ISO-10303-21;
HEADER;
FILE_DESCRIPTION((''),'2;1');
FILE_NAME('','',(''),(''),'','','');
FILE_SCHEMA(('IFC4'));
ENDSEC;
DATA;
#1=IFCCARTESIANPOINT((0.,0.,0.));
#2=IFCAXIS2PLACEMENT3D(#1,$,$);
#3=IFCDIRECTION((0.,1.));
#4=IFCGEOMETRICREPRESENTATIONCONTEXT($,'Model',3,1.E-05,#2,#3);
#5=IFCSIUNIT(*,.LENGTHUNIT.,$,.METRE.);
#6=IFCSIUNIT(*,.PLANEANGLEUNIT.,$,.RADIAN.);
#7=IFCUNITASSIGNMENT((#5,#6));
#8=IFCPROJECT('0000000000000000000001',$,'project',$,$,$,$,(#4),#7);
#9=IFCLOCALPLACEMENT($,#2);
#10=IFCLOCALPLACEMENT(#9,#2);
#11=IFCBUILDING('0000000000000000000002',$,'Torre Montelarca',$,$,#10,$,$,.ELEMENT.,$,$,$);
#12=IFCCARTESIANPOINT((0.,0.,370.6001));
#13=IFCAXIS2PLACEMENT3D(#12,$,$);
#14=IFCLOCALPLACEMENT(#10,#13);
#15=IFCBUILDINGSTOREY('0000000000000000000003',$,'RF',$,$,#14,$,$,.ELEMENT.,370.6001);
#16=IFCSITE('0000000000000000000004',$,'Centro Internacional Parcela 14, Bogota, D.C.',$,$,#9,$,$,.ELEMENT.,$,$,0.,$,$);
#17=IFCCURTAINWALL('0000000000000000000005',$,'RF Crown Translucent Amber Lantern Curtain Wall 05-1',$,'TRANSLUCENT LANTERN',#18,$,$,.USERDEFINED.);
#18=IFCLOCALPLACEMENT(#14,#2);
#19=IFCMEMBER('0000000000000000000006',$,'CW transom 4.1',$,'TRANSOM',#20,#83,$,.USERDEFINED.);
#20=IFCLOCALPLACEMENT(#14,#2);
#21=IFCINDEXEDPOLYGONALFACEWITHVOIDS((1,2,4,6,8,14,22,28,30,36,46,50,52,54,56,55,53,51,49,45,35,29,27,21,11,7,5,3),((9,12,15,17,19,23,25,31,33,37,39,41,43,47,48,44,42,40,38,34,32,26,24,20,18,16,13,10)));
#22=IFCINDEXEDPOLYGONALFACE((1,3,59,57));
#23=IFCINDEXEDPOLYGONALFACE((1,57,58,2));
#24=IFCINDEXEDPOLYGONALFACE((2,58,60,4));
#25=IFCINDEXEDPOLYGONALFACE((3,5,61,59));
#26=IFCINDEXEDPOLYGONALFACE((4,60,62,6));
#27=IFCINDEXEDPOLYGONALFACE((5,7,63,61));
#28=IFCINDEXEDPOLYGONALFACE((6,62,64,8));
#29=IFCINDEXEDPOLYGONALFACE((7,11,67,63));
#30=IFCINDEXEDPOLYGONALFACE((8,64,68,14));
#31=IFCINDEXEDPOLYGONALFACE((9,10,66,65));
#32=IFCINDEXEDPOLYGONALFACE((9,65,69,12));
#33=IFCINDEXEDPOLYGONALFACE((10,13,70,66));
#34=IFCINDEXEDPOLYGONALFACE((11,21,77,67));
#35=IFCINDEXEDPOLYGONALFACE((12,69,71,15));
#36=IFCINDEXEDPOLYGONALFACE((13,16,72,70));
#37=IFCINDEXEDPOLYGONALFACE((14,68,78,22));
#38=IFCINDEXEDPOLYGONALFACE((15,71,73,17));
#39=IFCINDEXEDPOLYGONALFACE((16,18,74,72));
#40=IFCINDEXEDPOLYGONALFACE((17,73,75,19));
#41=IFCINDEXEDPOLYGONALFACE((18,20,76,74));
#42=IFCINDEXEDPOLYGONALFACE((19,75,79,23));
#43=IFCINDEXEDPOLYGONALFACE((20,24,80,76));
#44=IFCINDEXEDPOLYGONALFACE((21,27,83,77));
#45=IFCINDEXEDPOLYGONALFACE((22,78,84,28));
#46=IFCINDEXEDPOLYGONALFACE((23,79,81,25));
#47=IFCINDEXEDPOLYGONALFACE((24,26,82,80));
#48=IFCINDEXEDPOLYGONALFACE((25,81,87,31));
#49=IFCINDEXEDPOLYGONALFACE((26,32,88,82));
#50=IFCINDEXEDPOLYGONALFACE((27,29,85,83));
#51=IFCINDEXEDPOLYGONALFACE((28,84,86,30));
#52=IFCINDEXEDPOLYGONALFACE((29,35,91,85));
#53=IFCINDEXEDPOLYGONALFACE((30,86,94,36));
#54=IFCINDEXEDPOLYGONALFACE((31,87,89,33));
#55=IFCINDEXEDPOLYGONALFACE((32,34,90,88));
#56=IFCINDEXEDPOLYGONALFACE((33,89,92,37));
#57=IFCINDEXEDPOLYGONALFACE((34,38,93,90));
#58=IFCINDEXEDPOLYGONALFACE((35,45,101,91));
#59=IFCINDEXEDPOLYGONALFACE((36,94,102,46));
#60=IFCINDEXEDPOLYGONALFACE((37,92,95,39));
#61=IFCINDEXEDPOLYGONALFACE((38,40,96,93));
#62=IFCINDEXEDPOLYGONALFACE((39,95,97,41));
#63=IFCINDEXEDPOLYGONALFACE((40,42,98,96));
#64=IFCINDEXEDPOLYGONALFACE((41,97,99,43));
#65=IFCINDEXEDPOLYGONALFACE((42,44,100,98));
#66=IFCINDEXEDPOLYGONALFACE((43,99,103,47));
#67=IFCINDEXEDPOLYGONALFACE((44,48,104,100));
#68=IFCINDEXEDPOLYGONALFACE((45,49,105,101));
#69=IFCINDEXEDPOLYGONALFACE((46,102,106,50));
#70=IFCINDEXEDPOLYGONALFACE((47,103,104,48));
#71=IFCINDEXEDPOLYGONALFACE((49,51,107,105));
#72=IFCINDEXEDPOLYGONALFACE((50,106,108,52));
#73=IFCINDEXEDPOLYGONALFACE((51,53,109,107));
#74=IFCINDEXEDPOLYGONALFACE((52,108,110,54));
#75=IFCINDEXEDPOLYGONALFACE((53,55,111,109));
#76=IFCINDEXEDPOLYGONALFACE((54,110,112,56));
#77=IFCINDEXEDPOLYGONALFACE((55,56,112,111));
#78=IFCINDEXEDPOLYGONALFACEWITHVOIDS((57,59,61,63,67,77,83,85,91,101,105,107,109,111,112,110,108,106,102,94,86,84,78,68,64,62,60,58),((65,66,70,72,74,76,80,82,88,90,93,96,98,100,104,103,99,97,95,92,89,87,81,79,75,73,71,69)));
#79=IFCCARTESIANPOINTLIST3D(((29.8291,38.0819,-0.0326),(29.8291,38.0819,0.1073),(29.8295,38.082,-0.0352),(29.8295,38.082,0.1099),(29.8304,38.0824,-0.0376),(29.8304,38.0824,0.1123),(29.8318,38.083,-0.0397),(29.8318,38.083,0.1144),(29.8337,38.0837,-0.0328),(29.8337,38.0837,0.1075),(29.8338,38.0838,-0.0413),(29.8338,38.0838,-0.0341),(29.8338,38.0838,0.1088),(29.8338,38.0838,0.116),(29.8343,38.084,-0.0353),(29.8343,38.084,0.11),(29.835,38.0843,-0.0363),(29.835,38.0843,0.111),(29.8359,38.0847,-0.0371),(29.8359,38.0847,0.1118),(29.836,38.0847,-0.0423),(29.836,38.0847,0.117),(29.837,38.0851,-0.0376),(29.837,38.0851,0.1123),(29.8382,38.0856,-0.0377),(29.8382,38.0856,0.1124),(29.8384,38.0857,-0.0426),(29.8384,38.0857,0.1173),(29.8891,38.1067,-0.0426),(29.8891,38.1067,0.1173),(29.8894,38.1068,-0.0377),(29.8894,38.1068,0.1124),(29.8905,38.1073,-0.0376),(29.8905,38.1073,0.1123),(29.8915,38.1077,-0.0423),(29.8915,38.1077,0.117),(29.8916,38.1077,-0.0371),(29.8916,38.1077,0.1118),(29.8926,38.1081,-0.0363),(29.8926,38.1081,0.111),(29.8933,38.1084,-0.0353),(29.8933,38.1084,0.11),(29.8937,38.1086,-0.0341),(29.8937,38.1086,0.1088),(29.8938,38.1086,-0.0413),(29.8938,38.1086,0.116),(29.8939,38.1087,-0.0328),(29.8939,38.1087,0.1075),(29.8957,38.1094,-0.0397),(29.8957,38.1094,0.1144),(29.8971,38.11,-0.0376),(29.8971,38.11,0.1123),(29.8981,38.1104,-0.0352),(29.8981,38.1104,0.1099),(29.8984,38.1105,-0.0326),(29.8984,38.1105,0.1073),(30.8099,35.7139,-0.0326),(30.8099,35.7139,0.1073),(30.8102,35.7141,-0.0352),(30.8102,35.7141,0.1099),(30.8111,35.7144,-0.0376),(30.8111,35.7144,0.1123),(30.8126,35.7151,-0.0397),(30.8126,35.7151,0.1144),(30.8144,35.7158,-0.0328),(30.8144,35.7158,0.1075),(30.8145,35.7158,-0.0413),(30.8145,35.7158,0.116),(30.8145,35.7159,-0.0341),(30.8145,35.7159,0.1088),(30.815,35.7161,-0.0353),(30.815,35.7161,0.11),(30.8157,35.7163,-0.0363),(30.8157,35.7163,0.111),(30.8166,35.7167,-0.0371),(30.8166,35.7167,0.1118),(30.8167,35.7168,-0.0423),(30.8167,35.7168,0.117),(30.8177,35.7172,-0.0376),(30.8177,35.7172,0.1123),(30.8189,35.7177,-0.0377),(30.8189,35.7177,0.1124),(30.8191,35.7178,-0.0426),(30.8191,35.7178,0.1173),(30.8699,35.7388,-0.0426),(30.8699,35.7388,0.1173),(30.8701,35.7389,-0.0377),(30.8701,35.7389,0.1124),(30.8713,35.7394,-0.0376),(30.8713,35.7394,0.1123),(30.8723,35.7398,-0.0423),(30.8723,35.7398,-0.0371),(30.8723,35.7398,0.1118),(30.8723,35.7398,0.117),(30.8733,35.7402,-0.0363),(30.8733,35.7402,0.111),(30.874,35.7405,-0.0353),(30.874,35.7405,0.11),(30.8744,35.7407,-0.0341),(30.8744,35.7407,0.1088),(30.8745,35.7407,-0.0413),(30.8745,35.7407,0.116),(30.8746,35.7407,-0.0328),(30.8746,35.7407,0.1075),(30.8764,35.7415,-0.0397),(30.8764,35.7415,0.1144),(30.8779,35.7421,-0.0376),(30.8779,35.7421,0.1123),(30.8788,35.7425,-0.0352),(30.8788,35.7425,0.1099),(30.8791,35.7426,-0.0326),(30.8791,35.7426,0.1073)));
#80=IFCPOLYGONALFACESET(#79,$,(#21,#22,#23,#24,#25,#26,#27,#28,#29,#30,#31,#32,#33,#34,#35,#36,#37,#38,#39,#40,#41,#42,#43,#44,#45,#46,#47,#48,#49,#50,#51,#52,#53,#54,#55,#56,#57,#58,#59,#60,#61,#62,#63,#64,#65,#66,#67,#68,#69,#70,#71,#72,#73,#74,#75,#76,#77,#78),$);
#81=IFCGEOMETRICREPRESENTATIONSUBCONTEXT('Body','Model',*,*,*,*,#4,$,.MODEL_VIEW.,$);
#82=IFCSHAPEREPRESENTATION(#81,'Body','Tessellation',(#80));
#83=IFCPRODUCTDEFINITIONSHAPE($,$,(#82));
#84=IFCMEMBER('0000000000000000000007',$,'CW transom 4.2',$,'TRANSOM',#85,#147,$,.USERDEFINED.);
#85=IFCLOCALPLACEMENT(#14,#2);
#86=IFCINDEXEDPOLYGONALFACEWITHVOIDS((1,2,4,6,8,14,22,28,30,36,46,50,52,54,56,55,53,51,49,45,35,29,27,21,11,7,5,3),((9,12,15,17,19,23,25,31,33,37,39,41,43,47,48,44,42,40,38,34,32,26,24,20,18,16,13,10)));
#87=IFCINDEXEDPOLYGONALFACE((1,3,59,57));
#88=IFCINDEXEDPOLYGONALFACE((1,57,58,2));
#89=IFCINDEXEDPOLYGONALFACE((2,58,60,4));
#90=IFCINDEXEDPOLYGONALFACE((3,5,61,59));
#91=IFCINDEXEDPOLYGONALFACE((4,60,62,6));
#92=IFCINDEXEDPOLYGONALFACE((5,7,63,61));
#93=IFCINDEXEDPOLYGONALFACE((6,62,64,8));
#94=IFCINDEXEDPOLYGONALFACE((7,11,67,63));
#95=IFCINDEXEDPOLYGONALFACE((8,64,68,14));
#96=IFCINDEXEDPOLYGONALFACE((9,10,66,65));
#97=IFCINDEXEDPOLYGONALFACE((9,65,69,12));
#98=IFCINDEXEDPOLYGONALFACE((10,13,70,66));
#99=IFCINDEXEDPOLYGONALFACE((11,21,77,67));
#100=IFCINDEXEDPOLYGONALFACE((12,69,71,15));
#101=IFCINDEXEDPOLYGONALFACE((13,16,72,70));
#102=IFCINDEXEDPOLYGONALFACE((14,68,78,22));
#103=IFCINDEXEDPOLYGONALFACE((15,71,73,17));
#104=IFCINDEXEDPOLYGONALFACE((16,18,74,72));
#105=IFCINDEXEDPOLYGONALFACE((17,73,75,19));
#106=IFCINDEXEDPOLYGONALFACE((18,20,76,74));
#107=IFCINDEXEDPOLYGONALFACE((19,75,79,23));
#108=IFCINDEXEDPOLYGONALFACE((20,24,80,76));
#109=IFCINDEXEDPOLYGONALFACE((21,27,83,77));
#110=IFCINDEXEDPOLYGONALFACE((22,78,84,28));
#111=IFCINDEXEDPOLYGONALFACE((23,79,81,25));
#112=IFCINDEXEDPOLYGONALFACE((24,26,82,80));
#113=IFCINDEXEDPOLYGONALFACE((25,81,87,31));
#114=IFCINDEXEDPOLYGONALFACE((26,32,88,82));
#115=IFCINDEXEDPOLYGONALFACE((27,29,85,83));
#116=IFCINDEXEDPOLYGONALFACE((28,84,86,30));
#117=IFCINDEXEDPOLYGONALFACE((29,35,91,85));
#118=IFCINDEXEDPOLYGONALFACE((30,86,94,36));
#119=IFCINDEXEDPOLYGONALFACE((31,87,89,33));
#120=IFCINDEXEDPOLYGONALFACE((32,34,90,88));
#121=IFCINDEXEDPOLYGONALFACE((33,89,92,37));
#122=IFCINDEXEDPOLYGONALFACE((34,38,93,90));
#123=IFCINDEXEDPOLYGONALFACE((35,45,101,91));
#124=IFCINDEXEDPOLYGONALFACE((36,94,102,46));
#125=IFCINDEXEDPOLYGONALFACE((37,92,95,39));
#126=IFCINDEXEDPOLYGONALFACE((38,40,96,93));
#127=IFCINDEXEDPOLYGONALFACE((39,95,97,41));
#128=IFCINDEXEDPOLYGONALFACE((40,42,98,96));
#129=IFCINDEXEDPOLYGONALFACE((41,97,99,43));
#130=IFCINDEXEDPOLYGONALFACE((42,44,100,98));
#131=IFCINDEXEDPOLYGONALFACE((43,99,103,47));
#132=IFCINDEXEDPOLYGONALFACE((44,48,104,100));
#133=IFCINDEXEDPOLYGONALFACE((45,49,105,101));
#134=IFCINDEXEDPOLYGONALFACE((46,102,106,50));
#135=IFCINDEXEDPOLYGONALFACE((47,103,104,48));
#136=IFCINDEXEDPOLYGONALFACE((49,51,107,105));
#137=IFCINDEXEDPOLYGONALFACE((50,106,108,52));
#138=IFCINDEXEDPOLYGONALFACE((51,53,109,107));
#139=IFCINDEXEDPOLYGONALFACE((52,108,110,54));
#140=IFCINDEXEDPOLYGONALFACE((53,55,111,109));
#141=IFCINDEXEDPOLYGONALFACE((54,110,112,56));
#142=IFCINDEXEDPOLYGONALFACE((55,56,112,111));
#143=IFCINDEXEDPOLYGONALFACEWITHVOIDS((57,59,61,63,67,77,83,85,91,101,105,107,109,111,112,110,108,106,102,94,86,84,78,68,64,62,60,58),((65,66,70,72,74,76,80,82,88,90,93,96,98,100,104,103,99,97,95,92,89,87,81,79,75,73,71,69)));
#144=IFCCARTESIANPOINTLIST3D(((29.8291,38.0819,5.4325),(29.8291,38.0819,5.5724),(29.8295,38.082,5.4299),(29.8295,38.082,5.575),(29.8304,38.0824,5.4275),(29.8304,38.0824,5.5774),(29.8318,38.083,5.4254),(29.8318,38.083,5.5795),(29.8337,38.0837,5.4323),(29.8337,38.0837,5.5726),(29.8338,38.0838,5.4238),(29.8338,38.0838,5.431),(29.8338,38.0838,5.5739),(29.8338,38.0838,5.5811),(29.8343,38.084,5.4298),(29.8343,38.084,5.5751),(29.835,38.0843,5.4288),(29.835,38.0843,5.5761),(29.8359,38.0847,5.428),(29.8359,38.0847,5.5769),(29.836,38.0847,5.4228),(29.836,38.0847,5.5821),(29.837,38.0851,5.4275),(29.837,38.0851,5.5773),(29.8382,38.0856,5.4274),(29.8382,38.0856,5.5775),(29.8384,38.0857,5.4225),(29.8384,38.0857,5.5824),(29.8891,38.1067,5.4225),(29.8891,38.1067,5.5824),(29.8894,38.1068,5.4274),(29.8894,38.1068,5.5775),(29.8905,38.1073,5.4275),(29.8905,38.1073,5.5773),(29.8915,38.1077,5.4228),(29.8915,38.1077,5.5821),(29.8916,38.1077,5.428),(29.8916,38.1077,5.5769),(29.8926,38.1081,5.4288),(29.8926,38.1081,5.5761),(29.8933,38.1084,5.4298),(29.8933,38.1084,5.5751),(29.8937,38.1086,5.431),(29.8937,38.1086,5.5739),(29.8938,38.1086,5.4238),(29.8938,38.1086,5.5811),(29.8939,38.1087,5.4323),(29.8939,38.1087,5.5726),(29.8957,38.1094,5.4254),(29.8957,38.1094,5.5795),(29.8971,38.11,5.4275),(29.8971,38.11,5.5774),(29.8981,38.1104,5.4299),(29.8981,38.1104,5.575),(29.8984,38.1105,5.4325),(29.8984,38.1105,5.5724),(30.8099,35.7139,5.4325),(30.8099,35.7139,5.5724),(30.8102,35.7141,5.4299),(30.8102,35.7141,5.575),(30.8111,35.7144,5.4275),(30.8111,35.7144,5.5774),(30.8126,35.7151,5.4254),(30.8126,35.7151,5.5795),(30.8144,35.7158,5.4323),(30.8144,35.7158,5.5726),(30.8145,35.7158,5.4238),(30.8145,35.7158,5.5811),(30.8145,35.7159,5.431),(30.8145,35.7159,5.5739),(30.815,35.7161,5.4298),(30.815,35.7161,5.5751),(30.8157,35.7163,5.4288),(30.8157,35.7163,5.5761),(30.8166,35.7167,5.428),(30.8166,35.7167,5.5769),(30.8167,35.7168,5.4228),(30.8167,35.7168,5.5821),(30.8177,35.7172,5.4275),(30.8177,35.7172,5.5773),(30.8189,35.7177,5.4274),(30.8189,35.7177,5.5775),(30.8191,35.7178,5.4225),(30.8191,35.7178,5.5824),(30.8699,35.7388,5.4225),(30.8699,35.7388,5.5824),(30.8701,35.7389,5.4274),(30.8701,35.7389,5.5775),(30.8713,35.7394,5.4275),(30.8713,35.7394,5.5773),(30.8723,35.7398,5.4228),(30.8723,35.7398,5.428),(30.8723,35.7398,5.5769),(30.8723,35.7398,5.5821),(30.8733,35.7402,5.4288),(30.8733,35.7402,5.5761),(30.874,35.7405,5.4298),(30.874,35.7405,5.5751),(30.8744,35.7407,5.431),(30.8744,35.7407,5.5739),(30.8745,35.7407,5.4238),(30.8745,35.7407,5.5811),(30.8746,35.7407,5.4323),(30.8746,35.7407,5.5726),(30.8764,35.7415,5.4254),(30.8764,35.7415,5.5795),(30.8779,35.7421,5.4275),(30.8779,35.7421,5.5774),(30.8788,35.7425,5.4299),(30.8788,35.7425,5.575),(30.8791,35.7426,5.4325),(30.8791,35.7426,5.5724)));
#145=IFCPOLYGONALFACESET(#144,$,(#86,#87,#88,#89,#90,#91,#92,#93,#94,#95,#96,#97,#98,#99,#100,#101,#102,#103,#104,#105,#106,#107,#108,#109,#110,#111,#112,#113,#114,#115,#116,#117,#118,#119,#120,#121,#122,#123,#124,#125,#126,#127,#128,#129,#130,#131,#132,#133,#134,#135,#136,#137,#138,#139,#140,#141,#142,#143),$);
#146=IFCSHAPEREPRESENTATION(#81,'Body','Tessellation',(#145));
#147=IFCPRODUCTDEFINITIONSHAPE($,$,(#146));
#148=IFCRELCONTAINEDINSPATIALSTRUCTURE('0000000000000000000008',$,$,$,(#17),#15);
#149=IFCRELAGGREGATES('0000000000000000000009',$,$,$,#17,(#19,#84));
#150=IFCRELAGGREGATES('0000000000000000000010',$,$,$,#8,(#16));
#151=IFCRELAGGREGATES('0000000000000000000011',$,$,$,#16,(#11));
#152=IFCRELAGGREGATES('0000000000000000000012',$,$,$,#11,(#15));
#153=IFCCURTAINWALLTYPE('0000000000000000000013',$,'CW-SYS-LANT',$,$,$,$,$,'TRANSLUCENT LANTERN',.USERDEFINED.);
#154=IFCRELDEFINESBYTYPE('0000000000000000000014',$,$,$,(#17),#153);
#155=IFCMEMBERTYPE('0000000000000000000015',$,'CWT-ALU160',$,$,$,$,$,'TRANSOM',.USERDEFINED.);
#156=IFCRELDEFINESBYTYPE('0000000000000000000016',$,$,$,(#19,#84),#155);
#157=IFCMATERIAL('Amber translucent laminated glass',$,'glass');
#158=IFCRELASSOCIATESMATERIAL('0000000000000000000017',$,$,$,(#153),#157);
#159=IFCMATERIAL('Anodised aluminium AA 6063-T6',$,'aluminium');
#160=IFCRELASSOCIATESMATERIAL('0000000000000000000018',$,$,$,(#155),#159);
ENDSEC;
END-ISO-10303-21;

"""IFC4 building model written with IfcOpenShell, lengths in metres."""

from ifc_helpers import new_model, si_unit, direction, frame, origin, origin_2d, place, context, subcontext, project, spatial, hollow_rectangle, extrude, source, transform, mapped, material, material_profile, profile_set, type_object, element, aggregate, save


model = new_model("IFC4")

# Units and contexts
model_context = context("Model", 3, precision=1e-05, world=origin(), true_north=direction((0.0, 1.0)))
body_context = subcontext(model_context, "Body", "Model", "MODEL_VIEW")
ifc_project = project(units=[si_unit("LENGTHUNIT", "METRE"), si_unit("PLANEANGLEUNIT", "RADIAN")], contexts=[model_context])

# Site, building, storey
site_placement = place(None, origin())
site = spatial("IfcSite", under=ifc_project, at=site_placement, Name="Centro Internacional Parcela 14, Bogota, D.C.", CompositionType="ELEMENT", RefElevation=0.0)
building_placement = place(site_placement, origin())
building = spatial("IfcBuilding", under=site, at=building_placement, Name="Torre Montelarca", CompositionType="ELEMENT")
storey_placement = place(building_placement, frame((0.0, 0.0, 370.6001)))
storey = spatial("IfcBuildingStorey", under=building, at=storey_placement, Name="RF", CompositionType="ELEMENT", Elevation=370.6001)

# Curtain wall, members
ifc_material_1 = material(Name="Amber translucent laminated glass", Category="glass")
curtain_wall_type = type_object("IfcCurtainWallType", Name="CW-SYS-LANT", ElementType="TRANSLUCENT LANTERN", PredefinedType="USERDEFINED", material=ifc_material_1)
curtain_wall_placement = place(storey_placement, origin())
curtain_wall = element("IfcCurtainWall", 1, at=curtain_wall_placement, inside=storey, type_object=curtain_wall_type, Name="RF Crown Translucent Amber Lantern Curtain Wall 05-1", ObjectType="TRANSLUCENT LANTERN", PredefinedType="USERDEFINED")
ifc_material_2 = material(Name="Anodised aluminium AA 6063-T6", Category="aluminium")
ifc_material_profile_1 = material_profile(ifc_material_2, hollow_rectangle(XDim=0.075, YDim=0.1599, WallThickness=0.0049, InnerFilletRadius=0.0049, OuterFilletRadius=0.01, at=origin_2d()), Name="ALU75X160X5", Category="aluminium")
ifc_profile_set_1 = profile_set([ifc_material_profile_1], Name="Anodised aluminium AA 6063-T6")
member_type_1 = type_object("IfcMemberType", Name="CWT-ALU160", ElementType="TRANSOM", PredefinedType="USERDEFINED", material=ifc_profile_set_1)
shared_shape_1 = source(origin(), body_context, "Body", "SweptSolid", [
    extrude(hollow_rectangle(XDim=0.075, YDim=0.1599, WallThickness=0.0049, InnerFilletRadius=0.0049, OuterFilletRadius=0.01, at=origin_2d()), origin(), (0.0, 0.0, 1.0), 2.563),
])
member_1_placement = place(storey_placement, frame((30.8445, 35.7283, 0.0374), z_axis=(-0.382646, 0.923895, 0.0), x_axis=(-0.923895, -0.382646, 0.0)))
member_1 = element("IfcMember", 2, at=member_1_placement, type_object=member_type_1, Name="CW transom 4.1", ObjectType="TRANSOM", PredefinedType="USERDEFINED", context=body_context, shape_type="MappedRepresentation", body=[
    mapped(shared_shape_1, transform((0.0, 0.0, 0.0), scale=1.0)),
])
member_2_placement = place(storey_placement, frame((30.8445, 35.7283, 5.5024), z_axis=(-0.382646, 0.923895, 0.0), x_axis=(-0.923895, -0.382646, 0.0)))
member_2 = element("IfcMember", 3, at=member_2_placement, type_object=member_type_1, Name="CW transom 4.2", ObjectType="TRANSOM", PredefinedType="USERDEFINED", context=body_context, shape_type="MappedRepresentation", body=[
    mapped(shared_shape_1, transform((0.0, 0.0, 0.0), scale=1.0)),
])
aggregate(curtain_wall, [member_1, member_2])

save(model, "model.ifc")
